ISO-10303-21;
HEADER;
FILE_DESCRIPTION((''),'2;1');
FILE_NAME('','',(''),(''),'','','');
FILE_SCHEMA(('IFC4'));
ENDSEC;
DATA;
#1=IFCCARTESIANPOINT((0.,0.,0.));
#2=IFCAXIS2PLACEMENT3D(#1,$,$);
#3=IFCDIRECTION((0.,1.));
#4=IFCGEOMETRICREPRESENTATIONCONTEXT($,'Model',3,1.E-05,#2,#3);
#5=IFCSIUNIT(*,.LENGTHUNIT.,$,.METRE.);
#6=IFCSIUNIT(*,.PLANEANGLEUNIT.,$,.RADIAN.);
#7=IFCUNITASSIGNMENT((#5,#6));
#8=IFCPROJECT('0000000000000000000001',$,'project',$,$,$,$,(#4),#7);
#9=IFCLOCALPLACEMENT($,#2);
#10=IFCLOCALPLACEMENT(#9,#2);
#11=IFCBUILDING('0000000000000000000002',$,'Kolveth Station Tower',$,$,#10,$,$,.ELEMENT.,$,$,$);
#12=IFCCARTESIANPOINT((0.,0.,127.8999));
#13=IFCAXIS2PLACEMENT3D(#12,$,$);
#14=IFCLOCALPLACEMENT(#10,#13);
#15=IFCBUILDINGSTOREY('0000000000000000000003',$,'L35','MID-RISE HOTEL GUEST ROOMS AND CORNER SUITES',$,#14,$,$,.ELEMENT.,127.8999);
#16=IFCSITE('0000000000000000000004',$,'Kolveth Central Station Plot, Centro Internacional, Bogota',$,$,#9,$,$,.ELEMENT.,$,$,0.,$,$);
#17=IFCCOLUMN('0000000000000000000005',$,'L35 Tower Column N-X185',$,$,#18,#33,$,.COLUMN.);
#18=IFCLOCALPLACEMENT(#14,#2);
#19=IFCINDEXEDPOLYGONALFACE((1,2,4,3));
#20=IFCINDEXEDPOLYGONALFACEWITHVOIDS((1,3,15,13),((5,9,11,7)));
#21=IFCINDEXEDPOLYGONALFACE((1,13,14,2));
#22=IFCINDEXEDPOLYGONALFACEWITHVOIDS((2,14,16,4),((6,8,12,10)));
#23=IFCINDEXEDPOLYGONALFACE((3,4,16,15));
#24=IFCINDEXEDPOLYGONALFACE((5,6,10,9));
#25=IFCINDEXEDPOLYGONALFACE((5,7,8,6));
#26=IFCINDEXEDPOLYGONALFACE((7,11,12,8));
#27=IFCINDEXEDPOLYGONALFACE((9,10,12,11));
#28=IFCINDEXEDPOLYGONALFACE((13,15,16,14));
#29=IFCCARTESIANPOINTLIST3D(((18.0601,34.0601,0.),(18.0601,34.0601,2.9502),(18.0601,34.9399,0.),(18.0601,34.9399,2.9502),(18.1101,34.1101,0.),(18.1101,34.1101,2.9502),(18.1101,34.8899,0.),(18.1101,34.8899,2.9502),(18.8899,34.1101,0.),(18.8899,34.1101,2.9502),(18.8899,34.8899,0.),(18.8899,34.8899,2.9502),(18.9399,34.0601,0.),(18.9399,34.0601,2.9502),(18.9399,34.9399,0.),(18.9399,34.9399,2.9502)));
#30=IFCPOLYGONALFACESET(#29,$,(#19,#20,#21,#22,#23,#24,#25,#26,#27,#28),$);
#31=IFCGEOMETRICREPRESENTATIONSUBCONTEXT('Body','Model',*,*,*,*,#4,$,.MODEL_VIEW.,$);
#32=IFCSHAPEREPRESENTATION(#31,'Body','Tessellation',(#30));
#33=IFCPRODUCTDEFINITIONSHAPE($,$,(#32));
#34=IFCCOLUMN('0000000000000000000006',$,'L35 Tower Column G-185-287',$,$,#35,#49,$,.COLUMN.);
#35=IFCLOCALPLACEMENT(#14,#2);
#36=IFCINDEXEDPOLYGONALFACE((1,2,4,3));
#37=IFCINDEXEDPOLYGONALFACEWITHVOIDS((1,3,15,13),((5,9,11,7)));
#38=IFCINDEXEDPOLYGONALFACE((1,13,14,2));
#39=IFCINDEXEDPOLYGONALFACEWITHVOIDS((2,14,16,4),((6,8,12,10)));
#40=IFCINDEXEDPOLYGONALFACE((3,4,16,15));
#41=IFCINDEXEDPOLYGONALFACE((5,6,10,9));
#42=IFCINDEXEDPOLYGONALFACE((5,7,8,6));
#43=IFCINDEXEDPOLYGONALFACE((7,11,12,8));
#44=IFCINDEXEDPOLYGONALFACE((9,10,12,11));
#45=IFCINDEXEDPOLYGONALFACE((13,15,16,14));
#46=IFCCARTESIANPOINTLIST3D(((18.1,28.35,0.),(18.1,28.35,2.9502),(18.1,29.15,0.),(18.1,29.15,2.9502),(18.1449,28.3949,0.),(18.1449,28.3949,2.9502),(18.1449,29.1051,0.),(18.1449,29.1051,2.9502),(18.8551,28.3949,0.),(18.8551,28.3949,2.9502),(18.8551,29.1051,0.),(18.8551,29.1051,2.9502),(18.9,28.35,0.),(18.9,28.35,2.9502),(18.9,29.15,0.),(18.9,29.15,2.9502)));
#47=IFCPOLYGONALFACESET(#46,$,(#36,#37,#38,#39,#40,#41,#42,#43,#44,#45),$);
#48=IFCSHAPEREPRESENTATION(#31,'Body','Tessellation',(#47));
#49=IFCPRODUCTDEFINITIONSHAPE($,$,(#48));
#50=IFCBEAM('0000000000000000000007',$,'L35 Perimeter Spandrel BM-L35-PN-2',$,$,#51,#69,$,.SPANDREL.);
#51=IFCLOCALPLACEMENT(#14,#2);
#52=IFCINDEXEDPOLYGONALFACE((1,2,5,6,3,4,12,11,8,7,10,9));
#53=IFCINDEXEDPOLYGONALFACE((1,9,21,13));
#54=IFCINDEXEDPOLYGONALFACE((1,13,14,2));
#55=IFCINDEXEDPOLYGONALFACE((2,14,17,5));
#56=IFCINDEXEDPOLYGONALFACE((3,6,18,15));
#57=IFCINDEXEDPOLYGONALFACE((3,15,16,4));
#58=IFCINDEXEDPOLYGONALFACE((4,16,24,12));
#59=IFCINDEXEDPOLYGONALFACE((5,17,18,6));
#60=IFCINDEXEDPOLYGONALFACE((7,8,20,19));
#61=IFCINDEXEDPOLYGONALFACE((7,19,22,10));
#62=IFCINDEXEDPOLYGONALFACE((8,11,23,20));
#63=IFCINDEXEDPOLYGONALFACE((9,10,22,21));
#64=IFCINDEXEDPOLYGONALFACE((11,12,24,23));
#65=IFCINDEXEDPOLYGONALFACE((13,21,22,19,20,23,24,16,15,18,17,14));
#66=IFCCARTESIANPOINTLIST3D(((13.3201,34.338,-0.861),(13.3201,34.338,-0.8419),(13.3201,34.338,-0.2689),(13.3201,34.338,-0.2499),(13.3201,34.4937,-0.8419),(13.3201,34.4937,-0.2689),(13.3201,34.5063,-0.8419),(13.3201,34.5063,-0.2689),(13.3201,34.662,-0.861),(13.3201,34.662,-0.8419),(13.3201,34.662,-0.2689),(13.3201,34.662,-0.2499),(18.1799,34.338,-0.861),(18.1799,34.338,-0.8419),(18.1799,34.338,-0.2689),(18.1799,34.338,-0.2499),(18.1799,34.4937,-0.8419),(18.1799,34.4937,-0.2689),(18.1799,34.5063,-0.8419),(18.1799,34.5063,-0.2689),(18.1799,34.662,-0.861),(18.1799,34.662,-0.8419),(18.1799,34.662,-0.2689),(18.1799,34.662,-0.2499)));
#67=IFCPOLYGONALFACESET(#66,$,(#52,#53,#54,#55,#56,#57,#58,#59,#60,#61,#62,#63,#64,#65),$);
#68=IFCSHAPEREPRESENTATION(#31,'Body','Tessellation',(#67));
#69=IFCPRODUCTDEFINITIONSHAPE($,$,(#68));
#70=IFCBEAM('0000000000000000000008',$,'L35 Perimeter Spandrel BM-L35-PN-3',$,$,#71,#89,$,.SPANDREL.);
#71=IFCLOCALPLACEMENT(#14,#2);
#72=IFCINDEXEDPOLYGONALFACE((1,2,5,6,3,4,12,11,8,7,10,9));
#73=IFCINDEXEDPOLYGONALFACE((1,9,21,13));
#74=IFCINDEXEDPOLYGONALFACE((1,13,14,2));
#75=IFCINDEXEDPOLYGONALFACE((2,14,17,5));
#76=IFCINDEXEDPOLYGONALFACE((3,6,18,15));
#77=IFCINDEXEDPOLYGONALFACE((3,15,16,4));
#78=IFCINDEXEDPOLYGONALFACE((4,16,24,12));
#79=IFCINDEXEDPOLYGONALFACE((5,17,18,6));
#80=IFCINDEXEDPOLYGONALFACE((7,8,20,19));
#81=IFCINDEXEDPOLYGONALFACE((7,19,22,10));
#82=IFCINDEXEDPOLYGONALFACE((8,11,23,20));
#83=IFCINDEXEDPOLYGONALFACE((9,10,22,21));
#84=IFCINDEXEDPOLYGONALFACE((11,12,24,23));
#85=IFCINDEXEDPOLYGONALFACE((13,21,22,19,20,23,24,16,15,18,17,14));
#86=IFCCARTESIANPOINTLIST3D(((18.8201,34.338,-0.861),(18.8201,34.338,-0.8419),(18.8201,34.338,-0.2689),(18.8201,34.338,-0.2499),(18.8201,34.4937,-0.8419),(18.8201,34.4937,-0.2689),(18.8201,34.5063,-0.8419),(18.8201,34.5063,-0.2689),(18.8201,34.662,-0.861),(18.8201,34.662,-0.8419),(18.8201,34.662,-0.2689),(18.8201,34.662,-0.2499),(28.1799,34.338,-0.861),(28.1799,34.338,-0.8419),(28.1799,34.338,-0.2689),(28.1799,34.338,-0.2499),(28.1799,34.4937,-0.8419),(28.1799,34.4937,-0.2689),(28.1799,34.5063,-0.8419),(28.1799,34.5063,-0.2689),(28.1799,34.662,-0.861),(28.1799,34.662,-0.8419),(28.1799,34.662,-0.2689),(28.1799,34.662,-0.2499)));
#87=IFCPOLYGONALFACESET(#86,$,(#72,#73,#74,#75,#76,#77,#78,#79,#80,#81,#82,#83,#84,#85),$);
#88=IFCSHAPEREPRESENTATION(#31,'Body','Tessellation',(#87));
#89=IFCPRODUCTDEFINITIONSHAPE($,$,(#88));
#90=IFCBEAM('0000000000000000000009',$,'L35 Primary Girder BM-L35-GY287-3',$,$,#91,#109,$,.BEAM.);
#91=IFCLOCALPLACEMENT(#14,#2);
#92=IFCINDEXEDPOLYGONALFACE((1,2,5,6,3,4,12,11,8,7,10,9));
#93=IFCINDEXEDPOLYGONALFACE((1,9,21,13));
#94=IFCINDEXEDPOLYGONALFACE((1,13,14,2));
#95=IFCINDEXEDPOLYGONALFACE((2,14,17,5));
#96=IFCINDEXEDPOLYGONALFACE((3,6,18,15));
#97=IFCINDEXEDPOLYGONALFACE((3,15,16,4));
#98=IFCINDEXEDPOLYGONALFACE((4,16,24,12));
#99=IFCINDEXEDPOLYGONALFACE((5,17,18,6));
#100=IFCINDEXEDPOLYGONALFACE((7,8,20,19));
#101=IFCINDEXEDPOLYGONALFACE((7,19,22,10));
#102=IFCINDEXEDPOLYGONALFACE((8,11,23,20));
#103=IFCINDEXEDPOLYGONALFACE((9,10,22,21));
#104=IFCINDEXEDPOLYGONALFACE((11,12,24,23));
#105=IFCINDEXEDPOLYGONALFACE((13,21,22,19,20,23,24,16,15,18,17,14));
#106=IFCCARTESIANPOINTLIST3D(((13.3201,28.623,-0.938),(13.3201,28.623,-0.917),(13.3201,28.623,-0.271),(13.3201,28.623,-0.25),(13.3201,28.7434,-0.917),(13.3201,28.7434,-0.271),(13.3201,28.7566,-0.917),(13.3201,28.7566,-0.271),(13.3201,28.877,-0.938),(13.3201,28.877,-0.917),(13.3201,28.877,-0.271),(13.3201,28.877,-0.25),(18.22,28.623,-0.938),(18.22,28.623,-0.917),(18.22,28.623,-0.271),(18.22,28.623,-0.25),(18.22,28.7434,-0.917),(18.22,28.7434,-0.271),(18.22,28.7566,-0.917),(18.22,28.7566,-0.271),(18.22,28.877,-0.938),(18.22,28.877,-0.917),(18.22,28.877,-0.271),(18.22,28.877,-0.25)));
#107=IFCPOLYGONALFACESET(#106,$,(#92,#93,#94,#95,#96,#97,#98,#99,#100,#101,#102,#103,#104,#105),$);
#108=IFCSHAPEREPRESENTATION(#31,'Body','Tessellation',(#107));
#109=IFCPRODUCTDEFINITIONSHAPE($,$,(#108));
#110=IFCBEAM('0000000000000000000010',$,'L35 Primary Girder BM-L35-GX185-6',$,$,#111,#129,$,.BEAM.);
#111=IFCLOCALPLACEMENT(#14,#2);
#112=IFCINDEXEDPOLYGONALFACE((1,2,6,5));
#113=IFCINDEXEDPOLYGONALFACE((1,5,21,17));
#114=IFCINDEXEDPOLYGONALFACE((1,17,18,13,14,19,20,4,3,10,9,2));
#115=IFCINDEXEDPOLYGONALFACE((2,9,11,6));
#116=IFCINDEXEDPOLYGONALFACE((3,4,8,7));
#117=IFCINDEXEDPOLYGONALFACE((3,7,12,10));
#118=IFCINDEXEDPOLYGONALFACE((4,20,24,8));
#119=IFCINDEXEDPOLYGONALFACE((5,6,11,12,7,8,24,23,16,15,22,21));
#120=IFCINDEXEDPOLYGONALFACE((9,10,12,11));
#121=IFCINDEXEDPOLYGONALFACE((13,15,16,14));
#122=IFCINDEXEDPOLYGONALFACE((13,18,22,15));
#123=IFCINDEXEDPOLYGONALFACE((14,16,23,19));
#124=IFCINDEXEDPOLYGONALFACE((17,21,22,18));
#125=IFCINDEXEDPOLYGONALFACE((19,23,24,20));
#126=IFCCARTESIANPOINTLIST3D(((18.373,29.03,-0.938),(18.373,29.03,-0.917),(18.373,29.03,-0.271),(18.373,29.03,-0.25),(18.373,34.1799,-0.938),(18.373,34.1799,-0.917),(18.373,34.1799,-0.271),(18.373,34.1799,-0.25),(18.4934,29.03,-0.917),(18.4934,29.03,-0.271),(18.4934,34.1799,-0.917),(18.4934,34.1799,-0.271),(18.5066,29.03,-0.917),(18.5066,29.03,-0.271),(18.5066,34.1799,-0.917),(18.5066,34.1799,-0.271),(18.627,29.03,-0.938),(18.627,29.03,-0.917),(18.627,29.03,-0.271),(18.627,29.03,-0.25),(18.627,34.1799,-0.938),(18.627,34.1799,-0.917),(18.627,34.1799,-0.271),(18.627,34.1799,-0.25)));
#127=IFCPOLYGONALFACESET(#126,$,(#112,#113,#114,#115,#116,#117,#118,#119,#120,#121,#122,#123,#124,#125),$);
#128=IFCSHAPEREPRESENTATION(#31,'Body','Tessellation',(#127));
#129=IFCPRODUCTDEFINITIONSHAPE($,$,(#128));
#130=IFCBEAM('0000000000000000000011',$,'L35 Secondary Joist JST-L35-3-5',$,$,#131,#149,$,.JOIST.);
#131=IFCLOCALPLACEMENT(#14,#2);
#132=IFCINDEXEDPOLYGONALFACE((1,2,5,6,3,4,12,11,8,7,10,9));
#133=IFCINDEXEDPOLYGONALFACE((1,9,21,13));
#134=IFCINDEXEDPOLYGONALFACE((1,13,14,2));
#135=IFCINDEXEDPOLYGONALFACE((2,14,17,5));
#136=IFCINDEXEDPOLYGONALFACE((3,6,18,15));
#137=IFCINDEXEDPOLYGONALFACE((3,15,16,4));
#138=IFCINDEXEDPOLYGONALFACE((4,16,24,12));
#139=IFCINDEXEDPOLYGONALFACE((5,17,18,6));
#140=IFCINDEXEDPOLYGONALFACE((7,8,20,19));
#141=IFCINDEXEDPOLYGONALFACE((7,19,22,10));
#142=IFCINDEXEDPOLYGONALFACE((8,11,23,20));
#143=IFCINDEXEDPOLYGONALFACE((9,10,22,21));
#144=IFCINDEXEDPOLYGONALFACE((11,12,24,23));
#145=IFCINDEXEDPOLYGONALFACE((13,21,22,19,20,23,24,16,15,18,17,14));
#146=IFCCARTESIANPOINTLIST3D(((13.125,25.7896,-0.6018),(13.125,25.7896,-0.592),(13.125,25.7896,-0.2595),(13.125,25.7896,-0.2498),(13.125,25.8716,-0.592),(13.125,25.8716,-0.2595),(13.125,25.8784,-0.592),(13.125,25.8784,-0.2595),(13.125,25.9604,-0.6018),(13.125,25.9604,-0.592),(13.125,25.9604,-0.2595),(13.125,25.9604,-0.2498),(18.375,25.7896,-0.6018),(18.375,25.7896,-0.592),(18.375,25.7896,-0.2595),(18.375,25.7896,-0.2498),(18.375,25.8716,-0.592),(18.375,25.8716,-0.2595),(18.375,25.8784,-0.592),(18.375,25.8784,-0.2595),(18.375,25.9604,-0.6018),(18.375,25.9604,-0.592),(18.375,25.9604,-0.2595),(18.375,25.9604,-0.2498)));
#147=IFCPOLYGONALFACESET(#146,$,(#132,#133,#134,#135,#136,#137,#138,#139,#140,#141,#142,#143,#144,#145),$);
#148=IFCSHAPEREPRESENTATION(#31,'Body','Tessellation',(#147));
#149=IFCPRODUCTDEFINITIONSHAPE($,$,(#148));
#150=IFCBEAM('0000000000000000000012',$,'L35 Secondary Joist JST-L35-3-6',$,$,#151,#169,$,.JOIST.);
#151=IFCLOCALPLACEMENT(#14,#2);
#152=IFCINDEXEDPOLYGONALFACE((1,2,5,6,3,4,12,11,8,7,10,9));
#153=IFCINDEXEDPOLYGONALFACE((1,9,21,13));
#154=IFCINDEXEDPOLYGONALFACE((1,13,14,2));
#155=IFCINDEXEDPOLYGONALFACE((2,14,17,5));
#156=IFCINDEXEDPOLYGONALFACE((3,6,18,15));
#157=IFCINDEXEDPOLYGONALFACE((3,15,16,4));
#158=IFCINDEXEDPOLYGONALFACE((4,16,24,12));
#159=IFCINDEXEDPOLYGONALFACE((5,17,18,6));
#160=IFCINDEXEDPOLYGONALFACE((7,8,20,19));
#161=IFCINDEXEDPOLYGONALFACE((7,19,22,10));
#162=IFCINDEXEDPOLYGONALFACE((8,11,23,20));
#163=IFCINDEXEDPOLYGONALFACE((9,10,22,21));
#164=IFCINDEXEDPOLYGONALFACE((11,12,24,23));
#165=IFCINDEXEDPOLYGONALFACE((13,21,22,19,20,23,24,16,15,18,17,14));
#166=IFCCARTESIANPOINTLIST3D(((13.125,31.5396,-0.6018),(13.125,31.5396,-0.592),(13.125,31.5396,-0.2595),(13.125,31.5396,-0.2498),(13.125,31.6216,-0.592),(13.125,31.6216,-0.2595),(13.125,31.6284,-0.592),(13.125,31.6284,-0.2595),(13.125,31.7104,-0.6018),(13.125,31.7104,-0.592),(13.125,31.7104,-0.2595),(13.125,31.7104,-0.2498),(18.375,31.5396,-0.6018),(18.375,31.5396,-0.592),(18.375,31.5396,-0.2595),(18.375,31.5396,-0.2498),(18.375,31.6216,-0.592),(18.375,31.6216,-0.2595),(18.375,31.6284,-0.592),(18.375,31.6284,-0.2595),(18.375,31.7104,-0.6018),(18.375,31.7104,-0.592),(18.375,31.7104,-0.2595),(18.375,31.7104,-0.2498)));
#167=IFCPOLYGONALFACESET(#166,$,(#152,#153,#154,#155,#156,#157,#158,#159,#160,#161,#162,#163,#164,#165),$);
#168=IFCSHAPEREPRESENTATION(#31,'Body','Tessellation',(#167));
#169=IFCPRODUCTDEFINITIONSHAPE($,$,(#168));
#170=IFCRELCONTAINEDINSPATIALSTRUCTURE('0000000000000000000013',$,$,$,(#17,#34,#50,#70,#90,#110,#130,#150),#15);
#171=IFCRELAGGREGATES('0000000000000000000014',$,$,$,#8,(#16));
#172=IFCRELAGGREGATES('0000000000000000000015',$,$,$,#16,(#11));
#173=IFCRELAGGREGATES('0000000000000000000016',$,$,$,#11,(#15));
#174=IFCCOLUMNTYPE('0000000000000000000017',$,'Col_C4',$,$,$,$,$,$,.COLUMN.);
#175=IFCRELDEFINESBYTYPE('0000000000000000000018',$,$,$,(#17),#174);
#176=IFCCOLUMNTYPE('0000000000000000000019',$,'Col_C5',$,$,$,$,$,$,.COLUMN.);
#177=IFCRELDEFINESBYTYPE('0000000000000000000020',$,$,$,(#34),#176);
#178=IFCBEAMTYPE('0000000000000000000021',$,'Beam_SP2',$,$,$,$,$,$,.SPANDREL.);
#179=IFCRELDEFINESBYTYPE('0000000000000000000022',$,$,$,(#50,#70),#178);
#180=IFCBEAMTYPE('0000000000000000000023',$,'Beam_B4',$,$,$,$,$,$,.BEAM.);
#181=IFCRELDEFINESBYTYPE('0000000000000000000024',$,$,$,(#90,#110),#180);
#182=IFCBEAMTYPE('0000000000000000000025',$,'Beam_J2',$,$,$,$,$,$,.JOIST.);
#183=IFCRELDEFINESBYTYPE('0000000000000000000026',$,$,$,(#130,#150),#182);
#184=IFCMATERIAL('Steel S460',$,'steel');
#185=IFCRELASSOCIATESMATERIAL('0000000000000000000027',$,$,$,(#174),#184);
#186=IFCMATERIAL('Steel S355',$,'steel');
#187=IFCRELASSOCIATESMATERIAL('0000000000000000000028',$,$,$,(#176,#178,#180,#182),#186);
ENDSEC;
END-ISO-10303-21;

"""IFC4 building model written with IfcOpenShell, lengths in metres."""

from ifc_helpers import new_model, si_unit, direction, frame, origin, origin_2d, place, context, subcontext, project, spatial, hollow_rectangle, i_section, extrude, source, transform, mapped, material, material_profile, profile_set, type_object, element, save


model = new_model("IFC4")

# Units and contexts
model_context = context("Model", 3, precision=1e-05, world=origin(), true_north=direction((0.0, 1.0)))
body_context = subcontext(model_context, "Body", "Model", "MODEL_VIEW")
ifc_project = project(units=[si_unit("LENGTHUNIT", "METRE"), si_unit("PLANEANGLEUNIT", "RADIAN")], contexts=[model_context])

# Site, building, storey
site_placement = place(None, origin())
site = spatial("IfcSite", under=ifc_project, at=site_placement, Name="Kolveth Central Station Plot, Centro Internacional, Bogota", CompositionType="ELEMENT", RefElevation=0.0)
building_placement = place(site_placement, origin())
building = spatial("IfcBuilding", under=site, at=building_placement, Name="Kolveth Station Tower", CompositionType="ELEMENT")
storey_placement = place(building_placement, frame((0.0, 0.0, 127.8999)))
storey = spatial("IfcBuildingStorey", under=building, at=storey_placement, Name="L35", Description="MID-RISE HOTEL GUEST ROOMS AND CORNER SUITES", CompositionType="ELEMENT", Elevation=127.8999)

# Columns
ifc_material_1 = material(Name="Steel S460", Category="steel")
ifc_material_profile_1 = material_profile(ifc_material_1, hollow_rectangle(XDim=0.8799, YDim=0.8799, WallThickness=0.05, at=origin_2d()), Name="BOX880x880x50")
ifc_profile_set_1 = profile_set([ifc_material_profile_1], Name="Steel S460")
column_type_1 = type_object("IfcColumnType", Name="Col_C4", PredefinedType="COLUMN", material=ifc_profile_set_1)
shared_shape_1 = source(origin(), body_context, "Body", "SweptSolid", [
    extrude(hollow_rectangle(XDim=0.8799, YDim=0.8799, WallThickness=0.05, at=origin_2d()), origin(), (0.0, 0.0, 1.0), 2.9502),
])
column_1_placement = place(storey_placement, frame((18.5, 34.5, 0.0), z_axis=(0.0, 0.0, 1.0), x_axis=(1.0, 0.0, 0.0)))
element("IfcColumn", 1, at=column_1_placement, inside=storey, type_object=column_type_1, Name="L35 Tower Column N-X185", PredefinedType="COLUMN", context=body_context, shape_type="MappedRepresentation", body=[
    mapped(shared_shape_1, transform((0.0, 0.0, 0.0), x_axis=(1.0, 0.0, 0.0), y_axis=(0.0, 1.0, 0.0), z_axis=(0.0, 0.0, 1.0), scale=1.0)),
])
ifc_material_2 = material(Name="Steel S355", Category="steel")
ifc_material_profile_2 = material_profile(ifc_material_2, hollow_rectangle(XDim=0.8, YDim=0.8, WallThickness=0.0449, at=origin_2d()), Name="BOX800x800x45")
ifc_profile_set_2 = profile_set([ifc_material_profile_2], Name="Steel S355")
column_type_2 = type_object("IfcColumnType", Name="Col_C5", PredefinedType="COLUMN", material=ifc_profile_set_2)
shared_shape_2 = source(origin(), body_context, "Body", "SweptSolid", [
    extrude(hollow_rectangle(XDim=0.8, YDim=0.8, WallThickness=0.0449, at=origin_2d()), origin(), (0.0, 0.0, 1.0), 2.9502),
])
column_2_placement = place(storey_placement, frame((18.5, 28.75, 0.0), z_axis=(0.0, 0.0, 1.0), x_axis=(1.0, 0.0, 0.0)))
element("IfcColumn", 2, at=column_2_placement, inside=storey, type_object=column_type_2, Name="L35 Tower Column G-185-287", PredefinedType="COLUMN", context=body_context, shape_type="MappedRepresentation", body=[
    mapped(shared_shape_2, transform((0.0, 0.0, 0.0), x_axis=(1.0, 0.0, 0.0), y_axis=(0.0, 1.0, 0.0), z_axis=(0.0, 0.0, 1.0), scale=1.0)),
])

# Beams
ifc_material_profile_3 = material_profile(ifc_material_2, i_section(OverallWidth=0.324, OverallDepth=0.6111, WebThickness=0.0127, FlangeThickness=0.019, at=origin_2d()), Name="W610x155")
ifc_profile_set_3 = profile_set([ifc_material_profile_3], Name="Steel S355")
beam_type_1 = type_object("IfcBeamType", Name="Beam_SP2", PredefinedType="SPANDREL", material=ifc_profile_set_3)
shared_shape_3 = source(origin(), body_context, "Body", "SweptSolid", [
    extrude(i_section(OverallWidth=0.324, OverallDepth=0.6111, WebThickness=0.0127, FlangeThickness=0.019, at=origin_2d()), origin(), (0.0, 0.0, 1.0), 4.8599),
])
beam_1_placement = place(storey_placement, frame((13.3201, 34.5, -0.5554), z_axis=(1.0, 0.0, 0.0), x_axis=(0.0, 1.0, 0.0)))
element("IfcBeam", 3, at=beam_1_placement, inside=storey, type_object=beam_type_1, Name="L35 Perimeter Spandrel BM-L35-PN-2", PredefinedType="SPANDREL", context=body_context, shape_type="MappedRepresentation", body=[
    mapped(shared_shape_3, transform((0.0, 0.0, 0.0), x_axis=(1.0, 0.0, 0.0), y_axis=(0.0, 1.0, 0.0), z_axis=(0.0, 0.0, 1.0), scale=1.0)),
])
shared_shape_4 = source(origin(), body_context, "Body", "SweptSolid", [
    extrude(i_section(OverallWidth=0.324, OverallDepth=0.6111, WebThickness=0.0127, FlangeThickness=0.019, at=origin_2d()), origin(), (0.0, 0.0, 1.0), 9.3599),
])
beam_2_placement = place(storey_placement, frame((18.8201, 34.5, -0.5554), z_axis=(1.0, 0.0, 0.0), x_axis=(0.0, 1.0, 0.0)))
element("IfcBeam", 4, at=beam_2_placement, inside=storey, type_object=beam_type_1, Name="L35 Perimeter Spandrel BM-L35-PN-3", PredefinedType="SPANDREL", context=body_context, shape_type="MappedRepresentation", body=[
    mapped(shared_shape_4, transform((0.0, 0.0, 0.0), x_axis=(1.0, 0.0, 0.0), y_axis=(0.0, 1.0, 0.0), z_axis=(0.0, 0.0, 1.0), scale=1.0)),
])
ifc_material_profile_4 = material_profile(ifc_material_2, i_section(OverallWidth=0.2539, OverallDepth=0.688, WebThickness=0.0132, FlangeThickness=0.021, at=origin_2d()), Name="W690x152")
ifc_profile_set_4 = profile_set([ifc_material_profile_4], Name="Steel S355")
beam_type_2 = type_object("IfcBeamType", Name="Beam_B4", PredefinedType="BEAM", material=ifc_profile_set_4)
shared_shape_5 = source(origin(), body_context, "Body", "SweptSolid", [
    extrude(i_section(OverallWidth=0.2539, OverallDepth=0.688, WebThickness=0.0132, FlangeThickness=0.021, at=origin_2d()), origin(), (0.0, 0.0, 1.0), 4.8999),
])
beam_3_placement = place(storey_placement, frame((13.3201, 28.75, -0.594), z_axis=(1.0, 0.0, 0.0), x_axis=(0.0, 1.0, 0.0)))
element("IfcBeam", 5, at=beam_3_placement, inside=storey, type_object=beam_type_2, Name="L35 Primary Girder BM-L35-GY287-3", PredefinedType="BEAM", context=body_context, shape_type="MappedRepresentation", body=[
    mapped(shared_shape_5, transform((0.0, 0.0, 0.0), x_axis=(1.0, 0.0, 0.0), y_axis=(0.0, 1.0, 0.0), z_axis=(0.0, 0.0, 1.0), scale=1.0)),
])
shared_shape_6 = source(origin(), body_context, "Body", "SweptSolid", [
    extrude(i_section(OverallWidth=0.2539, OverallDepth=0.688, WebThickness=0.0132, FlangeThickness=0.021, at=origin_2d()), origin(), (0.0, 0.0, 1.0), 5.1499),
])
beam_4_placement = place(storey_placement, frame((18.5, 29.03, -0.594), z_axis=(0.0, 1.0, 0.0), x_axis=(-1.0, 0.0, 0.0)))
element("IfcBeam", 6, at=beam_4_placement, inside=storey, type_object=beam_type_2, Name="L35 Primary Girder BM-L35-GX185-6", PredefinedType="BEAM", context=body_context, shape_type="MappedRepresentation", body=[
    mapped(shared_shape_6, transform((0.0, 0.0, 0.0), x_axis=(1.0, 0.0, 0.0), y_axis=(0.0, 1.0, 0.0), z_axis=(0.0, 0.0, 1.0), scale=1.0)),
])
ifc_material_profile_5 = material_profile(ifc_material_2, i_section(OverallWidth=0.1709, OverallDepth=0.3521, WebThickness=0.0068, FlangeThickness=0.0098, at=origin_2d()), Name="W360x44")
ifc_profile_set_5 = profile_set([ifc_material_profile_5], Name="Steel S355")
beam_type_3 = type_object("IfcBeamType", Name="Beam_J2", PredefinedType="JOIST", material=ifc_profile_set_5)
shared_shape_7 = source(origin(), body_context, "Body", "SweptSolid", [
    extrude(i_section(OverallWidth=0.1709, OverallDepth=0.3521, WebThickness=0.0068, FlangeThickness=0.0098, at=origin_2d()), origin(), (0.0, 0.0, 1.0), 5.25),
])
for number, where, z_axis, x_axis, name in (
    (7, (13.125, 25.875, -0.4258), (1.0, 0.0, 0.0), (0.0, 1.0, 0.0), "L35 Secondary Joist JST-L35-3-5"),
    (8, (13.125, 31.625, -0.4258), (1.0, 0.0, 0.0), (0.0, 1.0, 0.0), "L35 Secondary Joist JST-L35-3-6"),
):
    element("IfcBeam", number, at=place(storey_placement, frame(where, z_axis=z_axis, x_axis=x_axis)), inside=storey, type_object=beam_type_3, Name=name, PredefinedType="JOIST", context=body_context, shape_type="MappedRepresentation", body=[
        mapped(shared_shape_7, transform((0.0, 0.0, 0.0), x_axis=(1.0, 0.0, 0.0), y_axis=(0.0, 1.0, 0.0), z_axis=(0.0, 0.0, 1.0), scale=1.0)),
    ])

save(model, "model.ifc")
